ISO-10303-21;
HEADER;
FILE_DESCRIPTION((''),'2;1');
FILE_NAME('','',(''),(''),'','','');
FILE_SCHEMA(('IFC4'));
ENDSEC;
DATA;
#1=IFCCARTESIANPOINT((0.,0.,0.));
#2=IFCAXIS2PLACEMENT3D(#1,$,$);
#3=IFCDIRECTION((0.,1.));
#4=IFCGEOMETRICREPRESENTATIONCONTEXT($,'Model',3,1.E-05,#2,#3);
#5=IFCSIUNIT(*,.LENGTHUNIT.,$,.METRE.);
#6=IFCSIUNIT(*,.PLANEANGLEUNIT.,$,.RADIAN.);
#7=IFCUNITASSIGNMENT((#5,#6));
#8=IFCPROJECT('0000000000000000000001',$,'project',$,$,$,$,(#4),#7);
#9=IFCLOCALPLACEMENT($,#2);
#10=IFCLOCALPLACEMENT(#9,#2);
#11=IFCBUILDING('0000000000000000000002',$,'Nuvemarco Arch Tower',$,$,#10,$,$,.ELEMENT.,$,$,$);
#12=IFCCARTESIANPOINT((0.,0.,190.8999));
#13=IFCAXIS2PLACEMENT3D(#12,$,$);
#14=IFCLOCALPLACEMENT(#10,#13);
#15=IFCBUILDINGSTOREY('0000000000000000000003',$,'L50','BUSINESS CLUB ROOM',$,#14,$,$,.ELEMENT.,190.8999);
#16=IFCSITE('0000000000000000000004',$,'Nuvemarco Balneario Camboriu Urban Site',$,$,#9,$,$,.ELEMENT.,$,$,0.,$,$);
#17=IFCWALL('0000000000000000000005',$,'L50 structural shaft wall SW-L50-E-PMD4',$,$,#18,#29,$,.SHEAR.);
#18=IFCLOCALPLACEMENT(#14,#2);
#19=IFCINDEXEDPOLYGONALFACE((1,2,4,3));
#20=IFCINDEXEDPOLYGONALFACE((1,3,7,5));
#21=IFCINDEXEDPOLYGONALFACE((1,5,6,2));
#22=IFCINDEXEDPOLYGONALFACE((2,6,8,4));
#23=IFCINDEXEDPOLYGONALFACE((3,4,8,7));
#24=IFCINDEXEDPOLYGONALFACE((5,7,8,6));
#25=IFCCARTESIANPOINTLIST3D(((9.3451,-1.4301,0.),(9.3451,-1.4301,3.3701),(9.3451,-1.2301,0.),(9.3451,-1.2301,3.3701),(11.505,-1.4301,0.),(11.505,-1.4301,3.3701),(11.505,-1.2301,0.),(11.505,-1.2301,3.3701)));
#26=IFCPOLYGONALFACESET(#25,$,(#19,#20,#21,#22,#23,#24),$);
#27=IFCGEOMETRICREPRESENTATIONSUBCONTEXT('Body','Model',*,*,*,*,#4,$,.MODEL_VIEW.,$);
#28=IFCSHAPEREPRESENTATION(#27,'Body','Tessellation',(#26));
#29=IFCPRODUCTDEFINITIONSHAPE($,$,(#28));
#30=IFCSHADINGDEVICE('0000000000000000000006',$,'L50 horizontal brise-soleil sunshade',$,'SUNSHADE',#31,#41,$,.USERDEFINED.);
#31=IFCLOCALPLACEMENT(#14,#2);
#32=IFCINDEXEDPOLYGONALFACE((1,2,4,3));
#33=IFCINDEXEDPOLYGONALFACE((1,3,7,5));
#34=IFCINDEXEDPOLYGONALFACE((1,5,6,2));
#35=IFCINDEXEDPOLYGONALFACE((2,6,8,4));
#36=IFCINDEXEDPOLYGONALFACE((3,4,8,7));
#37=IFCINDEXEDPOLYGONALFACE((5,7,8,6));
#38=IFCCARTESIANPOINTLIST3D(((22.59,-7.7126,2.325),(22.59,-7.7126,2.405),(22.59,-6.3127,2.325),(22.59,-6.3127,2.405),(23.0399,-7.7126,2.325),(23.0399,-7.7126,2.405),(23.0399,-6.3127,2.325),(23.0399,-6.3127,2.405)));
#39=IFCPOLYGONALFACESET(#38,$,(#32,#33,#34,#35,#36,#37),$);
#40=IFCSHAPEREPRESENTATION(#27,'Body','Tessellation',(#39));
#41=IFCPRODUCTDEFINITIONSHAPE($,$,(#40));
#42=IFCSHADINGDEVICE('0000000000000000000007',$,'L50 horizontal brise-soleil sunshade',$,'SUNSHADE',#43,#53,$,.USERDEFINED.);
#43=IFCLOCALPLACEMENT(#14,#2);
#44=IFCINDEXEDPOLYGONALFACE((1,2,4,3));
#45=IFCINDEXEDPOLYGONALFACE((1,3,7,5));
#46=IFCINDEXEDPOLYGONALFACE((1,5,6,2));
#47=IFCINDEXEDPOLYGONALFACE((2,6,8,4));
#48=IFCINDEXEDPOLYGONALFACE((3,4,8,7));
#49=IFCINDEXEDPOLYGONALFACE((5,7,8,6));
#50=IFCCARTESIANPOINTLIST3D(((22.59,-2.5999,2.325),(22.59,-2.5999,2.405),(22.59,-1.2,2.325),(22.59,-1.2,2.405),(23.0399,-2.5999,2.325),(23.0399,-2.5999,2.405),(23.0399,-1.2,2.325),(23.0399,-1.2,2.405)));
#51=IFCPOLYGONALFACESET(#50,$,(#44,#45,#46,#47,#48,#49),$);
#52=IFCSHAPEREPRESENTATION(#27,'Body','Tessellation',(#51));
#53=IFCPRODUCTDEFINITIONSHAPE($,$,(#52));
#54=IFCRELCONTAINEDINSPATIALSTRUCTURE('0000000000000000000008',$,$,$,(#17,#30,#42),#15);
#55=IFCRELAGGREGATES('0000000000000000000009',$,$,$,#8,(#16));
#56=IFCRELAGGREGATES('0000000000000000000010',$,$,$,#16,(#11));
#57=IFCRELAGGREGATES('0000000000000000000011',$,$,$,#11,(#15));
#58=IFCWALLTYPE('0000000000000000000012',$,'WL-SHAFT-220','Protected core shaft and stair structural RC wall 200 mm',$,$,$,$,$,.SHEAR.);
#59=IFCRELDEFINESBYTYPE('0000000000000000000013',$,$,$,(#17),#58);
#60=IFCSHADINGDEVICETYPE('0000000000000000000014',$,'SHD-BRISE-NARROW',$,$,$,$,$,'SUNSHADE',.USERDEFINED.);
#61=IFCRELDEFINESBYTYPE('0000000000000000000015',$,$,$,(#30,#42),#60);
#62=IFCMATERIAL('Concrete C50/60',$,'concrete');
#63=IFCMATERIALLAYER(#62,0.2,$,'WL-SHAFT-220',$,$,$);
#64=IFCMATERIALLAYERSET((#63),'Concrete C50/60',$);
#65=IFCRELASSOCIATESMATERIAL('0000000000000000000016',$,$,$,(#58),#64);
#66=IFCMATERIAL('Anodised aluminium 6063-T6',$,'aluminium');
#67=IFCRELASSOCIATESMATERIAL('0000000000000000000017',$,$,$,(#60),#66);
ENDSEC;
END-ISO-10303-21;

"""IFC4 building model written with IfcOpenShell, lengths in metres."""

from ifc_helpers import new_model, si_unit, direction, frame, frame_2d, origin, origin_2d, place, context, subcontext, project, spatial, rectangle, extrude, source, transform, mapped, material, layer, layer_set, type_object, type_shapes, element, save


model = new_model("IFC4")

# Units and contexts
model_context = context("Model", 3, precision=1e-05, world=origin(), true_north=direction((0.0, 1.0)))
body_context = subcontext(model_context, "Body", "Model", "MODEL_VIEW")
ifc_project = project(units=[si_unit("LENGTHUNIT", "METRE"), si_unit("PLANEANGLEUNIT", "RADIAN")], contexts=[model_context])

# Site, building, storey
site_placement = place(None, origin())
site = spatial("IfcSite", under=ifc_project, at=site_placement, Name="Nuvemarco Balneario Camboriu Urban Site", CompositionType="ELEMENT", RefElevation=0.0)
building_placement = place(site_placement, origin())
building = spatial("IfcBuilding", under=site, at=building_placement, Name="Nuvemarco Arch Tower", CompositionType="ELEMENT")
storey_placement = place(building_placement, frame((0.0, 0.0, 190.8999)))
storey = spatial("IfcBuildingStorey", under=building, at=storey_placement, Name="L50", Description="BUSINESS CLUB ROOM", CompositionType="ELEMENT", Elevation=190.8999)

# Shared definitions
ifc_material_1 = material(Name="Concrete C50/60", Category="concrete")

# Shared definitions
ifc_layer_1 = layer(ifc_material_1, 0.2, Name="WL-SHAFT-220")
ifc_layer_set_1 = layer_set([ifc_layer_1], Name="Concrete C50/60")
wall_type_1 = type_object("IfcWallType", Name="WL-SHAFT-220", Description="Protected core shaft and stair structural RC wall 200 mm", PredefinedType="SHEAR", material=ifc_layer_set_1)

# Wall
for number, where, z_axis, x_axis, name in (
    (1, (9.345, -1.3301, 0.0), (0.0, 0.0, 1.0), (1.0, 0.0, 0.0), "L50 structural shaft wall SW-L50-E-PMD4"),
):
    element("IfcWall", number, at=place(storey_placement, frame(where, z_axis=z_axis, x_axis=x_axis)), inside=storey, type_object=wall_type_1, Name=name, PredefinedType="SHEAR", context=body_context, shape_type="SweptSolid", body=[
        extrude(rectangle(XDim=2.1599, YDim=0.2, at=frame_2d((1.0801, 0.0))), origin(), (0.0, 0.0, 1.0), 3.3701),
    ])

# Shading devices
ifc_material_2 = material(Name="Anodised aluminium 6063-T6", Category="aluminium")
shading_device_type = type_object("IfcShadingDeviceType", Name="SHD-BRISE-NARROW", ElementType="SUNSHADE", PredefinedType="USERDEFINED", material=ifc_material_2)
shared_shape_1 = source(origin(), body_context, "Body", "SweptSolid", [
    extrude(rectangle(XDim=1.3999, YDim=0.45, at=origin_2d()), origin(), (0.0, 0.0, 1.0), 0.0801),
])
type_shapes(shading_device_type, [shared_shape_1])
for number, where, z_axis, x_axis, name in (
    (2, (22.8149, -7.0127, 2.325), (0.0, 0.0, 1.0), (0.0, 1.0, 0.0), "L50 horizontal brise-soleil sunshade"),
    (3, (22.8149, -1.8999, 2.325), (0.0, 0.0, 1.0), (0.0, 1.0, 0.0), "L50 horizontal brise-soleil sunshade"),
):
    element("IfcShadingDevice", number, at=place(storey_placement, frame(where, z_axis=z_axis, x_axis=x_axis)), inside=storey, type_object=shading_device_type, Name=name, ObjectType="SUNSHADE", PredefinedType="USERDEFINED", context=body_context, shape_type="MappedRepresentation", body=[
        mapped(shared_shape_1, transform((0.0, 0.0, 0.0), scale=1.0)),
    ])

save(model, "model.ifc")
